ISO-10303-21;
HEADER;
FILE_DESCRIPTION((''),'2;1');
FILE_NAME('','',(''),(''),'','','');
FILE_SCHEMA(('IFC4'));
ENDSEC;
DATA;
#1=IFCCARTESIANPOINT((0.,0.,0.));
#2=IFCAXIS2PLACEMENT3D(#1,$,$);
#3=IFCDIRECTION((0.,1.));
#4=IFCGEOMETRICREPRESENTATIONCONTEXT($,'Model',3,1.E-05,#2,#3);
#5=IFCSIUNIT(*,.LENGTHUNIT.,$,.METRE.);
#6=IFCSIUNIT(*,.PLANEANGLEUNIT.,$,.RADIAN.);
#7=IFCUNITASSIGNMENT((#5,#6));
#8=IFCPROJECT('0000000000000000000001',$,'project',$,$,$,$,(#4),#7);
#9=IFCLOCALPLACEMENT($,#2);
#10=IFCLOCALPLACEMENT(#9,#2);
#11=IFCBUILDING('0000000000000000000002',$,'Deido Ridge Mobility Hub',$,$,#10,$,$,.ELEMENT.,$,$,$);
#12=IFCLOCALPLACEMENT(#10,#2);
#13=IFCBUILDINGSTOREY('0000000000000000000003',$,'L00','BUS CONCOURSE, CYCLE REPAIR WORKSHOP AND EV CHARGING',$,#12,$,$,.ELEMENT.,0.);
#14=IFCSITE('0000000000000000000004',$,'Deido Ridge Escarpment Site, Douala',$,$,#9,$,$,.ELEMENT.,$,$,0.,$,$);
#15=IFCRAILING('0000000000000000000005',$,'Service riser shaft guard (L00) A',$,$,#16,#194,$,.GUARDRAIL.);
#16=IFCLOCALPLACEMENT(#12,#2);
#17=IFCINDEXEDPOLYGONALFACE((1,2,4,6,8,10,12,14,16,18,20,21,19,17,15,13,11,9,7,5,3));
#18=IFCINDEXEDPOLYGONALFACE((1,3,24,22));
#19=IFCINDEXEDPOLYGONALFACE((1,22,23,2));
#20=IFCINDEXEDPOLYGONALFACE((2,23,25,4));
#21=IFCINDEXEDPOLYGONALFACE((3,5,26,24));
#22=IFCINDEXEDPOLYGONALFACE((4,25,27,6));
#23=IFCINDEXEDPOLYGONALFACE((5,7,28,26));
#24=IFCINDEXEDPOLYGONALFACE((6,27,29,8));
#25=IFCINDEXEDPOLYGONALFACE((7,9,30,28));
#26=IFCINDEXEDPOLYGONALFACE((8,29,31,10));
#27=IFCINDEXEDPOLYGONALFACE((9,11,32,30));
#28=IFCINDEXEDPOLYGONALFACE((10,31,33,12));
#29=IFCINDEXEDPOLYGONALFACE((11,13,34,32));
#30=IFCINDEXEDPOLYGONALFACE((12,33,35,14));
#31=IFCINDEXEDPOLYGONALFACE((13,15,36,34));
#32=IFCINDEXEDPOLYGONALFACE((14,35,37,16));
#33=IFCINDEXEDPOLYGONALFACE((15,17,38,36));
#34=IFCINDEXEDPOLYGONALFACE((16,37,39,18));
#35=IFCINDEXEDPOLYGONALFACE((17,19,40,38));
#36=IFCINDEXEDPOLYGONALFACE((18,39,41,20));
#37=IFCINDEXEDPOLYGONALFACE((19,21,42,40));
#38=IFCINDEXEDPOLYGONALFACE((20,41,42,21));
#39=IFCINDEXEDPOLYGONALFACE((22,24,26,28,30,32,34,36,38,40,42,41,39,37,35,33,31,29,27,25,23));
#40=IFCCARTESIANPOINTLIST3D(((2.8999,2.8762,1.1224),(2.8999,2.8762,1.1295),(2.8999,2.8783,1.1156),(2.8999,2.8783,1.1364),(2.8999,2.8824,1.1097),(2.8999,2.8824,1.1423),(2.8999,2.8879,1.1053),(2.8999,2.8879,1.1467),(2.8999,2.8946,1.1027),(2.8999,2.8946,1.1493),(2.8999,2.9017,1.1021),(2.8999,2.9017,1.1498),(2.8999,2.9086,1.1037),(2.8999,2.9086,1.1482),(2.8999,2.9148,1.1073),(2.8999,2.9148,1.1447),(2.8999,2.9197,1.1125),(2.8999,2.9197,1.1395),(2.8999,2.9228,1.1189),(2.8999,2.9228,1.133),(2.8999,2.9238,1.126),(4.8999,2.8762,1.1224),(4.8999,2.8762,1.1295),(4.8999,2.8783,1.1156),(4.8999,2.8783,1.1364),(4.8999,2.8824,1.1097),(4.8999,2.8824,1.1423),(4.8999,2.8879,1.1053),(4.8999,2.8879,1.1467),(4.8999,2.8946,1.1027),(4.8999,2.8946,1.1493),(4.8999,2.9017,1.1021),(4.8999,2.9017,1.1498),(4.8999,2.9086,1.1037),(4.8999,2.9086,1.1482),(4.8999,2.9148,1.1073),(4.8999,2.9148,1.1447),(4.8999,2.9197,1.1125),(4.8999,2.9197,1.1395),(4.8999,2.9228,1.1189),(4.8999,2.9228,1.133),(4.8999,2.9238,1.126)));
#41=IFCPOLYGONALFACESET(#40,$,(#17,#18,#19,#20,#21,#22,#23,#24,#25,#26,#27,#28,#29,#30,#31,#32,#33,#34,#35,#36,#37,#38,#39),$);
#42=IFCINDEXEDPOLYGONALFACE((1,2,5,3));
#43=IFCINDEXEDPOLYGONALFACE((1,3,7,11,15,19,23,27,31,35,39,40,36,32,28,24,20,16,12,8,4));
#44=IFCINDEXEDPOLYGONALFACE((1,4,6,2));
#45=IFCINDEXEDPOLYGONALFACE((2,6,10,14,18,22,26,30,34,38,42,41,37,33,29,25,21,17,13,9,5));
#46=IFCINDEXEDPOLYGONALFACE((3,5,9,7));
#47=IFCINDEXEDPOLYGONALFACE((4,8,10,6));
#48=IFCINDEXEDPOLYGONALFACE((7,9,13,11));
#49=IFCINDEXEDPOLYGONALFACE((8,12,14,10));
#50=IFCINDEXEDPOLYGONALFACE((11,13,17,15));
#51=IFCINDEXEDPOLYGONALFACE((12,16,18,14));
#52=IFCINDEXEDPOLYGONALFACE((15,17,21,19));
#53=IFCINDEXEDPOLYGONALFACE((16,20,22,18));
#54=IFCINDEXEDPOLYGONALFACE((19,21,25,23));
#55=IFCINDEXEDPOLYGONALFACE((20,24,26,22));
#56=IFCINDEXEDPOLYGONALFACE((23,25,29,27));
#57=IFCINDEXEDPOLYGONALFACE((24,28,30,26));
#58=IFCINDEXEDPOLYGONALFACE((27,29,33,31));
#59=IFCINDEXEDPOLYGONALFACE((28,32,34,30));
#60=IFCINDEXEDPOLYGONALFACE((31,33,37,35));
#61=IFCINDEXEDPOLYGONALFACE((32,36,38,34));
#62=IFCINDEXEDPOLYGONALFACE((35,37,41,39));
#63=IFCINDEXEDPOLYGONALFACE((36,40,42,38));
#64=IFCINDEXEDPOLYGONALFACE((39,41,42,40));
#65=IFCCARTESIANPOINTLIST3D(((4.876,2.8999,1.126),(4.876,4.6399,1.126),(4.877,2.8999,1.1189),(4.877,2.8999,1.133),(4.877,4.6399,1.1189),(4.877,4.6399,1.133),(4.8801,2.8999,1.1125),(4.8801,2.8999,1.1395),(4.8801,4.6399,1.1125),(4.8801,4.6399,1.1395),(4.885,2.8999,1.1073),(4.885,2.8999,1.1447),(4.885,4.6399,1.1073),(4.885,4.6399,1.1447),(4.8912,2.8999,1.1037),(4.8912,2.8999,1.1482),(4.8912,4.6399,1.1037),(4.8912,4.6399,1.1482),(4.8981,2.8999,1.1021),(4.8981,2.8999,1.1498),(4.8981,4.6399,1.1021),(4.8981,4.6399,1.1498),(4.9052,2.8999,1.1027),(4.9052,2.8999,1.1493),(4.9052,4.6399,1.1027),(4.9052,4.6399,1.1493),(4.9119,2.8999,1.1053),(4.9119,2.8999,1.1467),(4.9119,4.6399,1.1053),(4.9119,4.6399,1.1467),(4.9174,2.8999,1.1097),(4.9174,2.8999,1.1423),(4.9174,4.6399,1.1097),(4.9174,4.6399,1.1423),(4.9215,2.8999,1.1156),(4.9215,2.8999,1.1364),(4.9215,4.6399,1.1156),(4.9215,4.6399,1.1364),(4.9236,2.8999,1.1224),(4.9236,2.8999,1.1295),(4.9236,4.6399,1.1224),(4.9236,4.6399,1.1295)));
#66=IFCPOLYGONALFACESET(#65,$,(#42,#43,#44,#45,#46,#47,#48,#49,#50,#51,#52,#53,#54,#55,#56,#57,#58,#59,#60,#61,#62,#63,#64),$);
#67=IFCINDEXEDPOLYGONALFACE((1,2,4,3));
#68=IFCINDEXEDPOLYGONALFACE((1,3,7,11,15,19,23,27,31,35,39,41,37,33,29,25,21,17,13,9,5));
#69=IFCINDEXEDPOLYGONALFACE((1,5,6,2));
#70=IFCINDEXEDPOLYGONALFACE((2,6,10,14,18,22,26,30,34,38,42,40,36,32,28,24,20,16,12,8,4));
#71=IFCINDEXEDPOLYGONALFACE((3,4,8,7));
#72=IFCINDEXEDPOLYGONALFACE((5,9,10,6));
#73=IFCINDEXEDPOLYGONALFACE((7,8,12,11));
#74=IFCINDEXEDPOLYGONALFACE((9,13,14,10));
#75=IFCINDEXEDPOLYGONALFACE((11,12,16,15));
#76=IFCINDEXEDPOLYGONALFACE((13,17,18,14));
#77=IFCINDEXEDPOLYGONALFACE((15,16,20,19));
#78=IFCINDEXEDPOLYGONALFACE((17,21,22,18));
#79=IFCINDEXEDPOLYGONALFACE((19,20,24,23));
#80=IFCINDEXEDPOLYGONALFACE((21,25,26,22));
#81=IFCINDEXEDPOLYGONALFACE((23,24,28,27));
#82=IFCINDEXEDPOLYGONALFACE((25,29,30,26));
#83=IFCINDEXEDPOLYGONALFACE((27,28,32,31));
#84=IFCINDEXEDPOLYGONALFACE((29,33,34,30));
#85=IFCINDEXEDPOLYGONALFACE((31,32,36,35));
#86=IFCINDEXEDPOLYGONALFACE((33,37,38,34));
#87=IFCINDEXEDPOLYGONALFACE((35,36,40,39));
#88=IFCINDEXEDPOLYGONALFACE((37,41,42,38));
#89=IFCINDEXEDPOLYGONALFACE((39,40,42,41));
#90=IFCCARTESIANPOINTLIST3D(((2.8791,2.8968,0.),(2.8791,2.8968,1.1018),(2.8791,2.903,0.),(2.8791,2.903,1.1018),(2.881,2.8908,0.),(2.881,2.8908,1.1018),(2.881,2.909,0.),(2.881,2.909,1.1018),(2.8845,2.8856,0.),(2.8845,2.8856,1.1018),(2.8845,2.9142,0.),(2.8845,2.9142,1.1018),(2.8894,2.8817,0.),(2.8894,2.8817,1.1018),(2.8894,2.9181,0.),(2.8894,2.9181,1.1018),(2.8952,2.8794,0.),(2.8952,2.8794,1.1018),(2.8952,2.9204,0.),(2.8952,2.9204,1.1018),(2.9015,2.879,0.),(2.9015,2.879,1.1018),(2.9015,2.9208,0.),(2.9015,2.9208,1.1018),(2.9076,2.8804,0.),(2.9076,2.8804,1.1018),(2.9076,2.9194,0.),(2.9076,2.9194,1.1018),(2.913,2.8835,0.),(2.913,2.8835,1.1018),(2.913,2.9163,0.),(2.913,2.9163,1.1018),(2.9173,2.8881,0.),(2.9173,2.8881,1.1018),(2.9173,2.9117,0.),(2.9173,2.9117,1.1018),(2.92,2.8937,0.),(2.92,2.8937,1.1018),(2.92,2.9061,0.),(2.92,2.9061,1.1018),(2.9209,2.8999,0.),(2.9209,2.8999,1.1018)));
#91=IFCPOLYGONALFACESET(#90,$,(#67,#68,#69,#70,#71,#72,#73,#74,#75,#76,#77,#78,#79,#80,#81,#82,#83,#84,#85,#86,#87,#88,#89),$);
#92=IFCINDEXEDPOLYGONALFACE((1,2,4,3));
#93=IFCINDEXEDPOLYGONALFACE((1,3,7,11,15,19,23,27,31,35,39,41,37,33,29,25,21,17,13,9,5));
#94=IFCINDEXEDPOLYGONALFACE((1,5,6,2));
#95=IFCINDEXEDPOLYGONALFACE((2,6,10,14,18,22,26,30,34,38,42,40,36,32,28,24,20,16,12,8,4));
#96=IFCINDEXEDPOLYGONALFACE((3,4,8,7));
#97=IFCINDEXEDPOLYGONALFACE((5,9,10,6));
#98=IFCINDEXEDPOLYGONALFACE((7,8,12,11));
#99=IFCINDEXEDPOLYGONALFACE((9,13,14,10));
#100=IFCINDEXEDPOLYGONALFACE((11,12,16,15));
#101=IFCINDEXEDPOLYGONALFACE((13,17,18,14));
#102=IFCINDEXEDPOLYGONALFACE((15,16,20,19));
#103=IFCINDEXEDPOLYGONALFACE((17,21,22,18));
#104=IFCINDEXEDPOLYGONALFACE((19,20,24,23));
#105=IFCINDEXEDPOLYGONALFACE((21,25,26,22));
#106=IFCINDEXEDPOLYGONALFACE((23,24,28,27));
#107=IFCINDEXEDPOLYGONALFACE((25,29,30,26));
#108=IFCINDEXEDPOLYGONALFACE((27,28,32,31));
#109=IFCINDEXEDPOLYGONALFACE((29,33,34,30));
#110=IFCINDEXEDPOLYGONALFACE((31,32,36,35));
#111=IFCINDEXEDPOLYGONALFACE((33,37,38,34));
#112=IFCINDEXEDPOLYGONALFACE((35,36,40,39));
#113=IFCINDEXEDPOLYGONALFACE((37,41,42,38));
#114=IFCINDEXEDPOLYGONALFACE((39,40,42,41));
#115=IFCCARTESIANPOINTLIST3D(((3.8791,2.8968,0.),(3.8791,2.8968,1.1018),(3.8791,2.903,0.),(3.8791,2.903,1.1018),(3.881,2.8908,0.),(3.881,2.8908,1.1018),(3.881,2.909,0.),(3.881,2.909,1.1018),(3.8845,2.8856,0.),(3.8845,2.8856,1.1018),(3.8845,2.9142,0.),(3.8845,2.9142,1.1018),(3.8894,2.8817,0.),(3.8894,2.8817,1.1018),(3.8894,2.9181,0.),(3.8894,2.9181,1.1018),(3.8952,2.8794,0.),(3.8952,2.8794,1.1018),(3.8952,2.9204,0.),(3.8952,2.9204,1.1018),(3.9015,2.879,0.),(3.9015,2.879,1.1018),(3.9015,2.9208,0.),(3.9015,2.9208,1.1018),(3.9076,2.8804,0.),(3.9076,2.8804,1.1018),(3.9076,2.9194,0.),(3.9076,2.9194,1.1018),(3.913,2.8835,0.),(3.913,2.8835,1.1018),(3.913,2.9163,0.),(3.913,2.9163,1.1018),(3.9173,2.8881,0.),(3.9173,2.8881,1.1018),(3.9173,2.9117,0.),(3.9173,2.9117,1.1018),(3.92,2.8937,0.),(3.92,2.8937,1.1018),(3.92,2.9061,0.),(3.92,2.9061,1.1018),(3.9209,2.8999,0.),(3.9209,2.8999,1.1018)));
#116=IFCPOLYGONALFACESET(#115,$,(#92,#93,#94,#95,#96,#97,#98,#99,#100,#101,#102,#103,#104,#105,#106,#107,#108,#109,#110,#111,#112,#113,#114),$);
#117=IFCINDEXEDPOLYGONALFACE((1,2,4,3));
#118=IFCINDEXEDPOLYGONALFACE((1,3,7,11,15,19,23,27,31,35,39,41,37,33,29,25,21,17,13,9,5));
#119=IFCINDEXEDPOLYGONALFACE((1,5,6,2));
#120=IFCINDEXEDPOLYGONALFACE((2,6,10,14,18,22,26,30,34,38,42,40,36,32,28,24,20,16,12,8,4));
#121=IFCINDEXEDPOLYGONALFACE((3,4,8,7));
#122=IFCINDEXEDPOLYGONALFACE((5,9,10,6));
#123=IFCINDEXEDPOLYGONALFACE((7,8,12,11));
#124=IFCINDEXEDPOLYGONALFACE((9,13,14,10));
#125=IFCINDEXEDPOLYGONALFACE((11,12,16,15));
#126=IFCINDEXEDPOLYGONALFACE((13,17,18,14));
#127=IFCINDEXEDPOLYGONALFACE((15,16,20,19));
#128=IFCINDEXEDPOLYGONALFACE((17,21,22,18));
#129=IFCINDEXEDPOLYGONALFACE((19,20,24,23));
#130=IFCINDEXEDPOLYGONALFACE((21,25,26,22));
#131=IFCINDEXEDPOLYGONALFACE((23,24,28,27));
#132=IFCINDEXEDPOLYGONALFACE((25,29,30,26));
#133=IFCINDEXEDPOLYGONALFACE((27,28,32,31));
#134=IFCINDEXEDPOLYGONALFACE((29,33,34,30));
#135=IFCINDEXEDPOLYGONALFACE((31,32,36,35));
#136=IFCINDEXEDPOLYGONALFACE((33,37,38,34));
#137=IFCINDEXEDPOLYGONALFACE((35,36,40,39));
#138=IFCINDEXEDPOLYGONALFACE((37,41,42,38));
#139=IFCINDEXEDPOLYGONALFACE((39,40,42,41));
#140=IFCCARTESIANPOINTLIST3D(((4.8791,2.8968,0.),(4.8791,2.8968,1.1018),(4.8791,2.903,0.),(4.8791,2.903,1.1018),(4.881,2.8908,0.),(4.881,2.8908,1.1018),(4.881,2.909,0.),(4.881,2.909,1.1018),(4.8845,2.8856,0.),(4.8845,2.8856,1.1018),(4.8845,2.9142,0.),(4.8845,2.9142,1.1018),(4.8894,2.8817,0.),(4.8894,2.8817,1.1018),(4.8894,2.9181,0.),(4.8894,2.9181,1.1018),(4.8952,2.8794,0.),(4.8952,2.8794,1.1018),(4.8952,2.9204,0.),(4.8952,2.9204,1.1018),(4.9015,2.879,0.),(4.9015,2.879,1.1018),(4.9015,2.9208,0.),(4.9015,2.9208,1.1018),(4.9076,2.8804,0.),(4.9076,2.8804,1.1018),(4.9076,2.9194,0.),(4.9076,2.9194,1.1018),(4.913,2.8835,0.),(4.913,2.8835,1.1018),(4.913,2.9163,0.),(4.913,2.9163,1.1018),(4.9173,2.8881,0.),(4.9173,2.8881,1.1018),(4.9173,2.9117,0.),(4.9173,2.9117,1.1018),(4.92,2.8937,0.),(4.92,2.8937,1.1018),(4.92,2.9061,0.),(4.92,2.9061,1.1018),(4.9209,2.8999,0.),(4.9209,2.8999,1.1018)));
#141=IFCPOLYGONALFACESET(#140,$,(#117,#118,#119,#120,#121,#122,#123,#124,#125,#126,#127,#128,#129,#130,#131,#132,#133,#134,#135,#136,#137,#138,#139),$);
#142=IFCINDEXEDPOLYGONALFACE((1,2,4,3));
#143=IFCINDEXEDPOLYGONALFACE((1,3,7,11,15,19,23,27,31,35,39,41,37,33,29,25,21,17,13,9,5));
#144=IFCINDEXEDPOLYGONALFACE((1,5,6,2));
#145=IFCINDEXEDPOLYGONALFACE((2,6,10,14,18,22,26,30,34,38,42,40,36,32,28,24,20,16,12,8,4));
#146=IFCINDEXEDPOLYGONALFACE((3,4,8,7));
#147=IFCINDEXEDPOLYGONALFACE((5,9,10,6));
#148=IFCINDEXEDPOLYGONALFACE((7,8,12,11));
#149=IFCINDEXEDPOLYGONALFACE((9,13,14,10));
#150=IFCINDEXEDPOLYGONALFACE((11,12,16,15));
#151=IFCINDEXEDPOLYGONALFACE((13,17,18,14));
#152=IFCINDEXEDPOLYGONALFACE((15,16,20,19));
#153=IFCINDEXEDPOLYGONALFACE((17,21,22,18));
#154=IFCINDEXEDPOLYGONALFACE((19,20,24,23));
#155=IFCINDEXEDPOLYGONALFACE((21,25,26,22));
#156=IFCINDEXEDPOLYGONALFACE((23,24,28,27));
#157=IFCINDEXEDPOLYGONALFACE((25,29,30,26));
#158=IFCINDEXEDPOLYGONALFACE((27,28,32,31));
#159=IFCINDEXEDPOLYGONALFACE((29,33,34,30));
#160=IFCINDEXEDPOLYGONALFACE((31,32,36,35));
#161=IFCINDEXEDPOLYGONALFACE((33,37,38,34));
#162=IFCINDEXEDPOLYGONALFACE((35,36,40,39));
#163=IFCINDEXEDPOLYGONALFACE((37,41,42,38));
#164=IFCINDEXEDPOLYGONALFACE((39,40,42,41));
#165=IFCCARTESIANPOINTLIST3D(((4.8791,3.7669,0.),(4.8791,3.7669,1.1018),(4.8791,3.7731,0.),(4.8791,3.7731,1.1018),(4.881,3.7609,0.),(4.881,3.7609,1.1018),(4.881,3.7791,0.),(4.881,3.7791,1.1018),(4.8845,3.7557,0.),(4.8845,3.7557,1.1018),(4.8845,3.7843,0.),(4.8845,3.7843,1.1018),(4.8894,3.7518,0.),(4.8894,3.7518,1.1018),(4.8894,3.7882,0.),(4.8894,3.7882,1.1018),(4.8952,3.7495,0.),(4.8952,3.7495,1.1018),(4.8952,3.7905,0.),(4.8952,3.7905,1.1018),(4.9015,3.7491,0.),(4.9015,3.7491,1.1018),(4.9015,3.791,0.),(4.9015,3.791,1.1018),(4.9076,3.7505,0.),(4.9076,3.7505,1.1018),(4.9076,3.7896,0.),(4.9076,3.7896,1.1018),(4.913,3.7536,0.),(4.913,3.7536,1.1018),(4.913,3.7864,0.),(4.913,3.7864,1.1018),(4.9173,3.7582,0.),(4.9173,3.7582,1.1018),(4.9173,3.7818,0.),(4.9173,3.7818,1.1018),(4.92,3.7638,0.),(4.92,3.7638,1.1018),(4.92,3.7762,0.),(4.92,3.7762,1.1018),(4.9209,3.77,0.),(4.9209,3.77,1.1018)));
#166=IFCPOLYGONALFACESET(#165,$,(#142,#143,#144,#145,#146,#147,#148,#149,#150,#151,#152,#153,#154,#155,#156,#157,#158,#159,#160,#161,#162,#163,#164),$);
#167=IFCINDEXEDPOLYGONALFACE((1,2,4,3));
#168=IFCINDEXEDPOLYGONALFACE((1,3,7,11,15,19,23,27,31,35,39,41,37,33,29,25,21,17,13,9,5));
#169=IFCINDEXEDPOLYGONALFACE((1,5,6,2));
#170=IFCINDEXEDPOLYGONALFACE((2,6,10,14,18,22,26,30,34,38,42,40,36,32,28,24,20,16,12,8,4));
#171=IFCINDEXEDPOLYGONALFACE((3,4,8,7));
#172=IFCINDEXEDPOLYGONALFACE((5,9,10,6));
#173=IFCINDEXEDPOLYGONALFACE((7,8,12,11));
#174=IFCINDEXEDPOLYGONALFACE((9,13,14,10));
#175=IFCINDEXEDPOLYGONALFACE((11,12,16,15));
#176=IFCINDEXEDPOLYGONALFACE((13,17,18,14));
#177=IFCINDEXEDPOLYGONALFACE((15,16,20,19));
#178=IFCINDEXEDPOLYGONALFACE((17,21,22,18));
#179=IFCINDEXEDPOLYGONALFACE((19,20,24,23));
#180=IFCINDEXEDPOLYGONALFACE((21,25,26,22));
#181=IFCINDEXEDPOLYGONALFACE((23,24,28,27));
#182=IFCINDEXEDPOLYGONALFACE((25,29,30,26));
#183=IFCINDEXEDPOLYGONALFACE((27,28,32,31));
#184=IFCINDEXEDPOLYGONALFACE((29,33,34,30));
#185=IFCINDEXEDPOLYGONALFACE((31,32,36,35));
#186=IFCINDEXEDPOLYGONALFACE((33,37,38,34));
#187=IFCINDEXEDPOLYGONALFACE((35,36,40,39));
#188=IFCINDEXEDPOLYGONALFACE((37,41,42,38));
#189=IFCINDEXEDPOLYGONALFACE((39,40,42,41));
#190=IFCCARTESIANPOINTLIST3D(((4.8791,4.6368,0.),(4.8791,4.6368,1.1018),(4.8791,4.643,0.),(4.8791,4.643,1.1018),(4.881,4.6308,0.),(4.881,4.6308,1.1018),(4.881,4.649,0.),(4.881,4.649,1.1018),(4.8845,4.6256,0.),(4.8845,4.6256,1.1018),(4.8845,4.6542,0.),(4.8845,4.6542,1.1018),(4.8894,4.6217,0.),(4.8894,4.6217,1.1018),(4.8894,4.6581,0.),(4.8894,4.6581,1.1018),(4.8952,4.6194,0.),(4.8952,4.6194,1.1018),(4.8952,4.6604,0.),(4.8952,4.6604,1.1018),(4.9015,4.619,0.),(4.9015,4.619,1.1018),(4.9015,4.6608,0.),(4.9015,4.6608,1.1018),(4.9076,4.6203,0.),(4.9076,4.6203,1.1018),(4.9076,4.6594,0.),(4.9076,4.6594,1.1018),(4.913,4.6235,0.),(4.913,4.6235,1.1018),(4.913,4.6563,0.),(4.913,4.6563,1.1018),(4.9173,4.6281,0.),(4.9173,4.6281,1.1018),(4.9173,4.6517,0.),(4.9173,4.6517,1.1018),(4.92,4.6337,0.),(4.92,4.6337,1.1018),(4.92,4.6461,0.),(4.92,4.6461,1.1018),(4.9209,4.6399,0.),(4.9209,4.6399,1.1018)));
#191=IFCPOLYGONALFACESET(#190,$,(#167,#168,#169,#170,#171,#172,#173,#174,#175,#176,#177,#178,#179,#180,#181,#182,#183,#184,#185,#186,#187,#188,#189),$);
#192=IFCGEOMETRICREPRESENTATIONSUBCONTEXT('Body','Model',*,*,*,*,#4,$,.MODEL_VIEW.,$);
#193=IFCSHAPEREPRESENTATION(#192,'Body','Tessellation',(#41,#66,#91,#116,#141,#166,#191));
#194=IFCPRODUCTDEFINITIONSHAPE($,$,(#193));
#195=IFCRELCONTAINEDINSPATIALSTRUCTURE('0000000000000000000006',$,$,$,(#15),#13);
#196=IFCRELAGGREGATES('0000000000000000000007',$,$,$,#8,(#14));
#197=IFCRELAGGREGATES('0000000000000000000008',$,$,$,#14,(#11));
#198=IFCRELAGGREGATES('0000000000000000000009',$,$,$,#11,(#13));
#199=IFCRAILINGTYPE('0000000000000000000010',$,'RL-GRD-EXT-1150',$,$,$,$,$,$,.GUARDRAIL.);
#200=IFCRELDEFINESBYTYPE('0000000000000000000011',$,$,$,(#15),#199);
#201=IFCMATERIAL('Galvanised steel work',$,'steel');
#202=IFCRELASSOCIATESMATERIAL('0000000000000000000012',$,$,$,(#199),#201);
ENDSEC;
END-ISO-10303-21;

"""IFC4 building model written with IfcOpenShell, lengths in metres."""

from ifc_helpers import new_model, si_unit, direction, frame, origin, origin_2d, place, context, subcontext, project, spatial, circle, extrude, material, type_object, element, save


model = new_model("IFC4")

# Units and contexts
model_context = context("Model", 3, precision=1e-05, world=origin(), true_north=direction((0.0, 1.0)))
body_context = subcontext(model_context, "Body", "Model", "MODEL_VIEW")
ifc_project = project(units=[si_unit("LENGTHUNIT", "METRE"), si_unit("PLANEANGLEUNIT", "RADIAN")], contexts=[model_context])

# Site, building, storey
site_placement = place(None, origin())
site = spatial("IfcSite", under=ifc_project, at=site_placement, Name="Deido Ridge Escarpment Site, Douala", CompositionType="ELEMENT", RefElevation=0.0)
building_placement = place(site_placement, origin())
building = spatial("IfcBuilding", under=site, at=building_placement, Name="Deido Ridge Mobility Hub", CompositionType="ELEMENT")
storey_placement = place(building_placement, origin())
storey = spatial("IfcBuildingStorey", under=building, at=storey_placement, Name="L00", Description="BUS CONCOURSE, CYCLE REPAIR WORKSHOP AND EV CHARGING", CompositionType="ELEMENT", Elevation=0.0)

# Railing
ifc_material_1 = material(Name="Galvanised steel work", Category="steel")
railing_type_1 = type_object("IfcRailingType", Name="RL-GRD-EXT-1150", PredefinedType="GUARDRAIL", material=ifc_material_1)
railing_1_placement = place(storey_placement, frame((2.8999, 2.8999, 0.0)))
element("IfcRailing", 1, at=railing_1_placement, inside=storey, type_object=railing_type_1, Name="Service riser shaft guard (L00) A", PredefinedType="GUARDRAIL", context=body_context, shape_type="SweptSolid", body=[
    extrude(circle(Radius=0.0239, at=origin_2d()), frame((0.0, 0.0, 1.126), z_axis=(1.0, 0.0, 0.0), x_axis=(0.0, 1.0, 0.0)), (0.0, 0.0, 1.0), 2.0),
    extrude(circle(Radius=0.0239, at=origin_2d()), frame((2.0, 0.0, 1.126), z_axis=(0.0, 1.0, 0.0), x_axis=(-1.0, 0.0, 0.0)), (0.0, 0.0, 1.0), 1.74),
    extrude(circle(Radius=0.021, at=origin_2d()), origin(), (0.0, 0.0, 1.0), 1.1018),
    extrude(circle(Radius=0.021, at=origin_2d()), frame((1.0, 0.0, 0.0)), (0.0, 0.0, 1.0), 1.1018),
    extrude(circle(Radius=0.021, at=origin_2d()), frame((2.0, 0.0, 0.0)), (0.0, 0.0, 1.0), 1.1018),
    extrude(circle(Radius=0.021, at=origin_2d()), frame((2.0, 0.8701, 0.0)), (0.0, 0.0, 1.0), 1.1018),
    extrude(circle(Radius=0.021, at=origin_2d()), frame((2.0, 1.74, 0.0)), (0.0, 0.0, 1.0), 1.1018),
])

save(model, "model.ifc")
